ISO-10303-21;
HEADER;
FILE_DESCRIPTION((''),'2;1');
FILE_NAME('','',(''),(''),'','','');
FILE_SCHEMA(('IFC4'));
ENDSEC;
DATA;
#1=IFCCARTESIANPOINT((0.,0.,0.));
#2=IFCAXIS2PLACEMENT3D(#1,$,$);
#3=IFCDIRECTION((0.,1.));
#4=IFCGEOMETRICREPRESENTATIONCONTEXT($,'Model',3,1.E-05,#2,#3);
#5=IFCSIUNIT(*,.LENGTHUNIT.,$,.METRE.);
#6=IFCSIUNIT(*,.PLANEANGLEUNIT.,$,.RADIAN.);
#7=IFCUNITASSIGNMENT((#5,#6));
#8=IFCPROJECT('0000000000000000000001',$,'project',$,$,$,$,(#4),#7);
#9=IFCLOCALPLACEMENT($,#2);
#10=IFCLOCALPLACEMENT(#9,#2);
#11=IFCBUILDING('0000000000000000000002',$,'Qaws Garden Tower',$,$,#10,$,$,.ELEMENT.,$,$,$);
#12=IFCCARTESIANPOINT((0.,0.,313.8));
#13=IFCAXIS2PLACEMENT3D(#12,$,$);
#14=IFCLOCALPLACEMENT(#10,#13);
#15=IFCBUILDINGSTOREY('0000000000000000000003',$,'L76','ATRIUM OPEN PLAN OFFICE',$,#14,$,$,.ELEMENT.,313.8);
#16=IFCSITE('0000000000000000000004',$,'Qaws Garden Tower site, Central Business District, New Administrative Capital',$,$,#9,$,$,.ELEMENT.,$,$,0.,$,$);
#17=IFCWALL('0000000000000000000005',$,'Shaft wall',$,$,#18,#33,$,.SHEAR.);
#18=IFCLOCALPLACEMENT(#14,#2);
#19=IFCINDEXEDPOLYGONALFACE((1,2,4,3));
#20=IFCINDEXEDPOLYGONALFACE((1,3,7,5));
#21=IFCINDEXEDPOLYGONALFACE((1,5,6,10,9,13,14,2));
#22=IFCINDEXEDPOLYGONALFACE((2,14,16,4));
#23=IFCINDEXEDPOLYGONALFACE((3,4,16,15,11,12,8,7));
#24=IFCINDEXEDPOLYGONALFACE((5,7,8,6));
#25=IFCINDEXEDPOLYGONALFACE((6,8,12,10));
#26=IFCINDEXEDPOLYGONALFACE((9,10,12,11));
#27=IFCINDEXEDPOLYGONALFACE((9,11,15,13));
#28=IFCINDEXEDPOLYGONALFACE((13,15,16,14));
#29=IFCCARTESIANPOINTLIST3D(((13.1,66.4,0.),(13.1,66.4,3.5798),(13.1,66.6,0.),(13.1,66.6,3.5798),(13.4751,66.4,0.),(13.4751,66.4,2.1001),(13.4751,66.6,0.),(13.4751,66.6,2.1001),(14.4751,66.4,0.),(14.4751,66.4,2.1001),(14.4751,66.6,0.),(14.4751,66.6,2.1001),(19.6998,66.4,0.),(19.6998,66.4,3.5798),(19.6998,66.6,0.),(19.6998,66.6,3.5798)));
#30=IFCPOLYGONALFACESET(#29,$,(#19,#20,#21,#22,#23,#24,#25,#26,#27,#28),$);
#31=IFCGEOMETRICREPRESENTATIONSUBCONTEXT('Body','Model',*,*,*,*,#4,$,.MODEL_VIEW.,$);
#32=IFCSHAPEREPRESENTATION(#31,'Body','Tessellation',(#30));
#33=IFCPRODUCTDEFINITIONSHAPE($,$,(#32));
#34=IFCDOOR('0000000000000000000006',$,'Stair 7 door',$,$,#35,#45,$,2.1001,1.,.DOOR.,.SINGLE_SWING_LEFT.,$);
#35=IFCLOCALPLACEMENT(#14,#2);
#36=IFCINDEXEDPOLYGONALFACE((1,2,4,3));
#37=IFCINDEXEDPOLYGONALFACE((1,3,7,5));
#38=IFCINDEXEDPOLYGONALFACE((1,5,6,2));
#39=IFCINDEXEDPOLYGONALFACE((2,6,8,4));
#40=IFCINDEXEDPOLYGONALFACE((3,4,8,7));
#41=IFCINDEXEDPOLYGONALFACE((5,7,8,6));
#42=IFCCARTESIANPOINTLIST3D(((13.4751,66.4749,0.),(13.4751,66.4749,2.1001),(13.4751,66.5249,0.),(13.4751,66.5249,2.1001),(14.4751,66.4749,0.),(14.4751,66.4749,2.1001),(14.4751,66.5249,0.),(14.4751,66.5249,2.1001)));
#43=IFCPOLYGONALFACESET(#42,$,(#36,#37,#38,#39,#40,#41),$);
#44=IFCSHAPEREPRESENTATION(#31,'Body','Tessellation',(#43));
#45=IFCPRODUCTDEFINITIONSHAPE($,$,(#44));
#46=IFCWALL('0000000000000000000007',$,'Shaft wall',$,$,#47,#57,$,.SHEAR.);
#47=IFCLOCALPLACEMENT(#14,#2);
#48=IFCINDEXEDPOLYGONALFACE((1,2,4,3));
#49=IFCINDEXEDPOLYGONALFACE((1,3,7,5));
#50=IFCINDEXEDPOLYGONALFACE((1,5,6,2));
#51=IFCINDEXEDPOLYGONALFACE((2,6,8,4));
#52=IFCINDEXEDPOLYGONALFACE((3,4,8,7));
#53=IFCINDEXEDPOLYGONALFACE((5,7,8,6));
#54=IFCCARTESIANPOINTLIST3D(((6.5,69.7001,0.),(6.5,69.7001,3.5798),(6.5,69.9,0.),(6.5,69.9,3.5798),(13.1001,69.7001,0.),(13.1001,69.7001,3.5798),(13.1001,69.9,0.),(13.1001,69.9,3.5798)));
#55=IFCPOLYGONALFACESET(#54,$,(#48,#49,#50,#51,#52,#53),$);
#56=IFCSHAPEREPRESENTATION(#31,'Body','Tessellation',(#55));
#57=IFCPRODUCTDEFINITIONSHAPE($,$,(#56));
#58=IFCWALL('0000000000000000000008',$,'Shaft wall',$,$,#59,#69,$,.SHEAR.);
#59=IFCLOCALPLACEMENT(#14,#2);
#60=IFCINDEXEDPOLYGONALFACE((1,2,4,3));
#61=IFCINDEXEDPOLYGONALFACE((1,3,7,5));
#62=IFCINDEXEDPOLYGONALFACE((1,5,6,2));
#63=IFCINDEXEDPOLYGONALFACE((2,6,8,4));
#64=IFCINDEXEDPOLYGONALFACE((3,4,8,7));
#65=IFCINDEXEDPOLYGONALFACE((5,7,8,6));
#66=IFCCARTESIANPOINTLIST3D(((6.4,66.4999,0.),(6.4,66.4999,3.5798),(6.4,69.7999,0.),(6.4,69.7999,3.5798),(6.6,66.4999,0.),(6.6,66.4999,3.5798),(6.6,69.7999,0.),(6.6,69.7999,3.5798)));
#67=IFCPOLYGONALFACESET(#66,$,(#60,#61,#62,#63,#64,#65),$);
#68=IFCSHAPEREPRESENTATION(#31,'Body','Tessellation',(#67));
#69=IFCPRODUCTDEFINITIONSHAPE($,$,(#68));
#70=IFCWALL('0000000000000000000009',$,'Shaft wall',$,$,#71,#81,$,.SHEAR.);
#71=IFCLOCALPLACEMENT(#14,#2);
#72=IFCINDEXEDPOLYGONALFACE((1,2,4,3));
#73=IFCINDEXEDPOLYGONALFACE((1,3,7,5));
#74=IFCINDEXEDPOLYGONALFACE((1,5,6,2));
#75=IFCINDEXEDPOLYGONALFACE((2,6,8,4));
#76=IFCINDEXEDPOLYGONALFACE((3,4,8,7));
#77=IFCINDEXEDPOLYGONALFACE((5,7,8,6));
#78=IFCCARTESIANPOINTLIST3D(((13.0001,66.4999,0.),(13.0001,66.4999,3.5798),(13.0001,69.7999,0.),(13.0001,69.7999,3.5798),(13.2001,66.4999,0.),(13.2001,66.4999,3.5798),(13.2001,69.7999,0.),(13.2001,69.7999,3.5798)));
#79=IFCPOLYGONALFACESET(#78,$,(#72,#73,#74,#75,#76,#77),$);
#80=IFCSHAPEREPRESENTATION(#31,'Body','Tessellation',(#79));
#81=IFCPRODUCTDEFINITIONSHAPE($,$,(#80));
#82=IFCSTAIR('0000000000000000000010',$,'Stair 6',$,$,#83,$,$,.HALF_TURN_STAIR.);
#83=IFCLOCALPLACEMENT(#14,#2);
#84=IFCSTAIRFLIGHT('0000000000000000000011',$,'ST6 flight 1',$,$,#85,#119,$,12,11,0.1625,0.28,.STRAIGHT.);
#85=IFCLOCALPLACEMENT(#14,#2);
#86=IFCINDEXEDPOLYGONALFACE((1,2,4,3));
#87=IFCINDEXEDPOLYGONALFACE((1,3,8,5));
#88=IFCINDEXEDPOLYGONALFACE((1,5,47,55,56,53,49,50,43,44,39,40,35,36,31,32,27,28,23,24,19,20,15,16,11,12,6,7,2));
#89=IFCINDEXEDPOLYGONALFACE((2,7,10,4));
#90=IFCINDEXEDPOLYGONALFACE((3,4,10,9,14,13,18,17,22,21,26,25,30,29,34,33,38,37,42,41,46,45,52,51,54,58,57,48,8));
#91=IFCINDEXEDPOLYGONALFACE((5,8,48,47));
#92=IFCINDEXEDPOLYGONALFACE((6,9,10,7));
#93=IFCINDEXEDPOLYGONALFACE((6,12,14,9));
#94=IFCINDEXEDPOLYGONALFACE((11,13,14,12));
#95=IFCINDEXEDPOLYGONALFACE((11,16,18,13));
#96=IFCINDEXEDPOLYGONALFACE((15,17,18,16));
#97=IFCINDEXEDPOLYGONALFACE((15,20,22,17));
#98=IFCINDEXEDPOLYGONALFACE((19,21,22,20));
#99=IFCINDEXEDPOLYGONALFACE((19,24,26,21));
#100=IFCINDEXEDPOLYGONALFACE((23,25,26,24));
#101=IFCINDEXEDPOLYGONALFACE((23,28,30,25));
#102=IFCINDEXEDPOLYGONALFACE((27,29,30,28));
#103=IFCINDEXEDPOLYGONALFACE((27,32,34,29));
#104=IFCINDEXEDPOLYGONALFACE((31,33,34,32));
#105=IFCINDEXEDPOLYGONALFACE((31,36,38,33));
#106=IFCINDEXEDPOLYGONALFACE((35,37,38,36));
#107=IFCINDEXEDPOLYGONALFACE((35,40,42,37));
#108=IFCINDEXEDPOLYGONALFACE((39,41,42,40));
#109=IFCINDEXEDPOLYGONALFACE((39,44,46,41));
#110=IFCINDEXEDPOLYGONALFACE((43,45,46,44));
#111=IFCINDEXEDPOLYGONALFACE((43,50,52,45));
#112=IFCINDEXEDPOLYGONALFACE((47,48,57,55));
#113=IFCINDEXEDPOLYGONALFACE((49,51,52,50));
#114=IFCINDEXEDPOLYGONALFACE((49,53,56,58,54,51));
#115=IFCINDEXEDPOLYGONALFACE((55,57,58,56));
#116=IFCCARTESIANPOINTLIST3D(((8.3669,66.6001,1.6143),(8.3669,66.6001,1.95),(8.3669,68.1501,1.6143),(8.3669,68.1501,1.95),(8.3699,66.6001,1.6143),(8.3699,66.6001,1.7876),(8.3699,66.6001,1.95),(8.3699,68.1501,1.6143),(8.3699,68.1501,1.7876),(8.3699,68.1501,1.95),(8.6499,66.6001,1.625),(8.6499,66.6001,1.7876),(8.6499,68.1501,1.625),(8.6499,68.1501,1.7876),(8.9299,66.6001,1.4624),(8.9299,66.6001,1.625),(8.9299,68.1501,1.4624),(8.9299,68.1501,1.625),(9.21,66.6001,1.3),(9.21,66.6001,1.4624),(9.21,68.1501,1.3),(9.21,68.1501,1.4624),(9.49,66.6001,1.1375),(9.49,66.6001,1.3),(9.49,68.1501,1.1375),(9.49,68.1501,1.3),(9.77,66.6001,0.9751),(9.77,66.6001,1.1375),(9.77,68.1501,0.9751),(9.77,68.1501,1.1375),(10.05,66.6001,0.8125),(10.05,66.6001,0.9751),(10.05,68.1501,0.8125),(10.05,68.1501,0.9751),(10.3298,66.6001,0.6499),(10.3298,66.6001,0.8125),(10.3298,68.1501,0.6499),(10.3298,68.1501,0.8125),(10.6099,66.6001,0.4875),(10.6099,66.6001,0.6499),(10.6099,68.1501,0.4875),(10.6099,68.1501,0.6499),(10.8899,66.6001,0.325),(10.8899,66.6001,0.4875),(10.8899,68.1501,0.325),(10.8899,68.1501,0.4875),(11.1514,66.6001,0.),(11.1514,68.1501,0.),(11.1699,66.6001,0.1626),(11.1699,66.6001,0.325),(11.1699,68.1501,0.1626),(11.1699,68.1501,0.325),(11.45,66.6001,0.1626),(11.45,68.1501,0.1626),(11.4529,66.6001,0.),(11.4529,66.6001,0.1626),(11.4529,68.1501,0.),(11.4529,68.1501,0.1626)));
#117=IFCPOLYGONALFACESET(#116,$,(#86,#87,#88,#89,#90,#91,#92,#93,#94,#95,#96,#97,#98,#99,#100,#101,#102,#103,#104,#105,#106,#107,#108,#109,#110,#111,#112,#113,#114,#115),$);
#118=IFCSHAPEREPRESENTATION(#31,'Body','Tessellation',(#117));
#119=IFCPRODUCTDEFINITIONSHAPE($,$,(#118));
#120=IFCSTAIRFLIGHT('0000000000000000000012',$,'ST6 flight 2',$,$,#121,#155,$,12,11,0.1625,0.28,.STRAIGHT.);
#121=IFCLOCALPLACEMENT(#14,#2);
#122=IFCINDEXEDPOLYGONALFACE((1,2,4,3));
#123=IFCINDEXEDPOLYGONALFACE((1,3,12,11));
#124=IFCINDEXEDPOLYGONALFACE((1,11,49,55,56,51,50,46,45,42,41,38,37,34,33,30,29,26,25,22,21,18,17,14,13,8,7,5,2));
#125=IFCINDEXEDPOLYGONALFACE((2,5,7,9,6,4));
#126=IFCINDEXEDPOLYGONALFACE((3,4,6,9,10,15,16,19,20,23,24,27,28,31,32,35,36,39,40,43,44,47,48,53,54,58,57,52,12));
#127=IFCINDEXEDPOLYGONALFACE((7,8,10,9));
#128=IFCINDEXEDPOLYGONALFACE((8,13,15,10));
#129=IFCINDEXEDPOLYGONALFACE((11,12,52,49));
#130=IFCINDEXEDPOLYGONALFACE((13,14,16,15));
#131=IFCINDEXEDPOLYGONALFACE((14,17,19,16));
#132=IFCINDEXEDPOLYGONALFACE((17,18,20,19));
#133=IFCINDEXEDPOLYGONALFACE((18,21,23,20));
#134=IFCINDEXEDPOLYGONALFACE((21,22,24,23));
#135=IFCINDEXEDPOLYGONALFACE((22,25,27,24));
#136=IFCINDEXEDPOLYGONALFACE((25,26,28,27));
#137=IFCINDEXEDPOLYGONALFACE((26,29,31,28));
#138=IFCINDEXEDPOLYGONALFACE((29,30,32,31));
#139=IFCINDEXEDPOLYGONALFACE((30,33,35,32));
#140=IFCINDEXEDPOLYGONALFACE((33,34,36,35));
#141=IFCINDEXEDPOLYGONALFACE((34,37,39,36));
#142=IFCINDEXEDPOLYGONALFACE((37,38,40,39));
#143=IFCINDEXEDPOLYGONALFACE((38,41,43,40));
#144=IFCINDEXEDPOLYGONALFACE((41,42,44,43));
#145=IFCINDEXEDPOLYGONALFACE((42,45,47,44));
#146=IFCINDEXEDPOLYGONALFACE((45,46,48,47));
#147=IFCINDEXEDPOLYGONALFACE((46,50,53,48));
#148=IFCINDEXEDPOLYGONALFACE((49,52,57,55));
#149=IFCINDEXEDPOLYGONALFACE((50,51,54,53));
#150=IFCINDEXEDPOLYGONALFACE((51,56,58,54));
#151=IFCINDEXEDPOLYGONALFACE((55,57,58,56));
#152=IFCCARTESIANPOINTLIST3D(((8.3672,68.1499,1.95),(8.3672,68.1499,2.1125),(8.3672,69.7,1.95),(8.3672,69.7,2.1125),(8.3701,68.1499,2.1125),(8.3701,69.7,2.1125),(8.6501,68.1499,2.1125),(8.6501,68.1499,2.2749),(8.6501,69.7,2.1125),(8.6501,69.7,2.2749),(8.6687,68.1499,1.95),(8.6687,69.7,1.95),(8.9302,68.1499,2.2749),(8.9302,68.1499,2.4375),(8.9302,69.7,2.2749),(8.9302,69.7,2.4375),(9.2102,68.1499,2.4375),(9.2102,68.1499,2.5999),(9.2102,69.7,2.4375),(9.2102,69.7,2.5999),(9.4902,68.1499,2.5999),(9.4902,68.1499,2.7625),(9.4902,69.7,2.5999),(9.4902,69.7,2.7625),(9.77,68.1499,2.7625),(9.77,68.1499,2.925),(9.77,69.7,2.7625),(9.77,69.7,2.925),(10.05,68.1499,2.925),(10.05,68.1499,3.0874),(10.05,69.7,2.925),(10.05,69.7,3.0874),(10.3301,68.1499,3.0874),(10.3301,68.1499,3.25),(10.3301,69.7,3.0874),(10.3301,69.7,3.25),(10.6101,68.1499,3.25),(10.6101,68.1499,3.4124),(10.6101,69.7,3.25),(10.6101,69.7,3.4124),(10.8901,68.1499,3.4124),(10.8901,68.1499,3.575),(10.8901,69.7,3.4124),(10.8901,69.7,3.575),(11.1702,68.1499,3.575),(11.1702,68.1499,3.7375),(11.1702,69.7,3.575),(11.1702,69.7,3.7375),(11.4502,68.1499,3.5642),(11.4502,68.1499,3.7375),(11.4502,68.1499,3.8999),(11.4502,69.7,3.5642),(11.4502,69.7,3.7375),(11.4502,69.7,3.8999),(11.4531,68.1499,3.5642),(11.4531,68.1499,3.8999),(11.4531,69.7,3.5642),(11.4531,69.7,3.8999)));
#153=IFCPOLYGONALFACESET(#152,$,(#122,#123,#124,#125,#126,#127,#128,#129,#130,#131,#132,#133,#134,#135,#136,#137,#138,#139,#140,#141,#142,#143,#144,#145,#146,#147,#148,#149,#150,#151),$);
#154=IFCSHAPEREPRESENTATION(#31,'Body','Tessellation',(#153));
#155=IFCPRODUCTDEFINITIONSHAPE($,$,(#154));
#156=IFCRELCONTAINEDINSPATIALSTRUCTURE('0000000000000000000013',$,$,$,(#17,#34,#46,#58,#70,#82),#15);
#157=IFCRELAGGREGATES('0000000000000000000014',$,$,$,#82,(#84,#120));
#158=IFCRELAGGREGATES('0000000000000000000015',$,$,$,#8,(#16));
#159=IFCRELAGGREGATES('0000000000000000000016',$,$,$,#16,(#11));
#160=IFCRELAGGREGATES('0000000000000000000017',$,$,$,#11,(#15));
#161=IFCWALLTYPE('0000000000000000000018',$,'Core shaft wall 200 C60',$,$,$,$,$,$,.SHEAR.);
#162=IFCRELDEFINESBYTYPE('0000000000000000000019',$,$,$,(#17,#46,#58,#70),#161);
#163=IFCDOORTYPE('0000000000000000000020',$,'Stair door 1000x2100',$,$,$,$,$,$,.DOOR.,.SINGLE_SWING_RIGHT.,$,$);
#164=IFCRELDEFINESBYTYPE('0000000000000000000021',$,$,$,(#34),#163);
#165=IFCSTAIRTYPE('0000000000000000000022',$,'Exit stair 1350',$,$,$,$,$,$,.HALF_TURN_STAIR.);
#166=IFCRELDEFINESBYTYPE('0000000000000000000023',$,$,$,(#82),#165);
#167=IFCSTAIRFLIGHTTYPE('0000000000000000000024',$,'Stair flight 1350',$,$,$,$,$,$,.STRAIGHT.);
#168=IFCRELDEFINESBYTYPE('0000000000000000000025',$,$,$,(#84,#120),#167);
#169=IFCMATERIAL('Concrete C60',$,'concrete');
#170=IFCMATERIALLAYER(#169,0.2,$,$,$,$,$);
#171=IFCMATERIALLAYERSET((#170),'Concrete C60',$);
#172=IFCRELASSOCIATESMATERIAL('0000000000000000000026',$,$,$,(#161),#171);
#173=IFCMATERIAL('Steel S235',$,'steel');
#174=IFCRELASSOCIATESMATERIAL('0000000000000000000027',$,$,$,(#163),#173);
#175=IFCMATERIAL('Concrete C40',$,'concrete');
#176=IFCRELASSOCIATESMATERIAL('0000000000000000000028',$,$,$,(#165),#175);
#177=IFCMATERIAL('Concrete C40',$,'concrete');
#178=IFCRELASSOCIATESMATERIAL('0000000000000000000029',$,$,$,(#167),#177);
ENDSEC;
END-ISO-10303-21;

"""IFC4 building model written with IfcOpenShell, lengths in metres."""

from ifc_helpers import new_model, si_unit, direction, frame, frame_2d, origin, place, context, subcontext, project, spatial, polyline, rectangle, outline, extrude, material, layer, layer_set, type_object, element, fill, aggregate, save


model = new_model("IFC4")

# Units and contexts
model_context = context("Model", 3, precision=1e-05, world=origin(), true_north=direction((0.0, 1.0)))
body_context = subcontext(model_context, "Body", "Model", "MODEL_VIEW")
ifc_project = project(units=[si_unit("LENGTHUNIT", "METRE"), si_unit("PLANEANGLEUNIT", "RADIAN")], contexts=[model_context])

# Site, building, storey
site_placement = place(None, origin())
site = spatial("IfcSite", under=ifc_project, at=site_placement, Name="Qaws Garden Tower site, Central Business District, New Administrative Capital", CompositionType="ELEMENT", RefElevation=0.0)
building_placement = place(site_placement, origin())
building = spatial("IfcBuilding", under=site, at=building_placement, Name="Qaws Garden Tower", CompositionType="ELEMENT")
storey_placement = place(building_placement, frame((0.0, 0.0, 313.8)))
storey = spatial("IfcBuildingStorey", under=building, at=storey_placement, Name="L76", Description="ATRIUM OPEN PLAN OFFICE", CompositionType="ELEMENT", Elevation=313.8)

# Wall, opening, door
ifc_material_1 = material(Name="Concrete C60", Category="concrete")
ifc_layer_1 = layer(ifc_material_1, 0.2)
ifc_layer_set_1 = layer_set([ifc_layer_1], Name="Concrete C60")
wall_type_1 = type_object("IfcWallType", Name="Core shaft wall 200 C60", PredefinedType="SHEAR", material=ifc_layer_set_1)
ifc_material_2 = material(Name="Steel S235", Category="steel")
door_type = type_object("IfcDoorType", Name="Stair door 1000x2100", OperationType="SINGLE_SWING_RIGHT", PredefinedType="DOOR", material=ifc_material_2)
wall_1_placement = place(storey_placement, frame((13.1001, 66.5, 0.0), z_axis=(0.0, 0.0, 1.0), x_axis=(1.0, 0.0, 0.0)))
wall_1 = element("IfcWall", 1, at=wall_1_placement, inside=storey, type_object=wall_type_1, Name="Shaft wall", PredefinedType="SHEAR", context=body_context, shape_type="SweptSolid", body=[
    extrude(rectangle(XDim=6.5999, YDim=0.2, at=frame_2d((3.2998, 0.0))), origin(), (0.0, 0.0, 1.0), 3.5798),
])
opening_1_placement = place(wall_1_placement, frame((0.375, 0.0, 0.0)))
opening_1 = element("IfcOpeningElement", 2, at=opening_1_placement, cuts=wall_1, PredefinedType="OPENING", context=body_context, shape_type="SweptSolid", body=[
    extrude(rectangle(XDim=1.0, YDim=2.1001, at=frame_2d((0.5, 1.05))), frame((0.0, 0.1099, 0.0), z_axis=(0.0, -1.0, 0.0), x_axis=(1.0, 0.0, 0.0)), (0.0, 0.0, 1.0), 0.22),
])
door_1_placement = place(opening_1_placement, origin())
door_1 = element("IfcDoor", 3, at=door_1_placement, inside=storey, type_object=door_type, Name="Stair 7 door", OperationType="SINGLE_SWING_LEFT", OverallHeight=2.1001, OverallWidth=1.0, PredefinedType="DOOR", context=body_context, shape_type="SweptSolid", body=[
    extrude(rectangle(XDim=1.0, YDim=2.1001, at=frame_2d((0.5, 1.05))), frame((0.0, 0.0249, 0.0), z_axis=(0.0, -1.0, 0.0), x_axis=(1.0, 0.0, 0.0)), (0.0, 0.0, 1.0), 0.05),
])
fill(opening_1, door_1)

# Walls
wall_2_placement = place(storey_placement, frame((6.5, 69.8, 0.0), z_axis=(0.0, 0.0, 1.0), x_axis=(1.0, 0.0, 0.0)))
element("IfcWall", 4, at=wall_2_placement, inside=storey, type_object=wall_type_1, Name="Shaft wall", PredefinedType="SHEAR", context=body_context, shape_type="SweptSolid", body=[
    extrude(rectangle(XDim=6.6001, YDim=0.2, at=frame_2d((3.3, 0.0))), origin(), (0.0, 0.0, 1.0), 3.5798),
])
for number, where, z_axis, x_axis, name in (
    (5, (6.5, 66.5, 0.0), (0.0, 0.0, 1.0), (0.0, 1.0, 0.0), "Shaft wall"),
    (6, (13.1001, 66.5, 0.0), (0.0, 0.0, 1.0), (0.0, 1.0, 0.0), "Shaft wall"),
):
    element("IfcWall", number, at=place(storey_placement, frame(where, z_axis=z_axis, x_axis=x_axis)), inside=storey, type_object=wall_type_1, Name=name, PredefinedType="SHEAR", context=body_context, shape_type="SweptSolid", body=[
        extrude(rectangle(XDim=3.3, YDim=0.2, at=frame_2d((1.6499, 0.0))), origin(), (0.0, 0.0, 1.0), 3.5798),
    ])

# Stair, stair flights
ifc_material_3 = material(Name="Concrete C40", Category="concrete")
stair_type = type_object("IfcStairType", Name="Exit stair 1350", PredefinedType="HALF_TURN_STAIR", material=ifc_material_3)
stair_placement = place(storey_placement, origin())
stair = element("IfcStair", 7, at=stair_placement, inside=storey, type_object=stair_type, Name="Stair 6", PredefinedType="HALF_TURN_STAIR")
ifc_material_4 = material(Name="Concrete C40", Category="concrete")
stair_flight_type = type_object("IfcStairFlightType", Name="Stair flight 1350", PredefinedType="STRAIGHT", material=ifc_material_4)
stair_flight_1_placement = place(storey_placement, frame((11.45, 67.375, 0.0), z_axis=(0.0, 0.0, 1.0), x_axis=(-1.0, 0.0, 0.0)))
stair_flight_1 = element("IfcStairFlight", 8, at=stair_flight_1_placement, type_object=stair_flight_type, Name="ST6 flight 1", NumberOfRisers=12, NumberOfTreads=11, PredefinedType="STRAIGHT", RiserHeight=0.1625, TreadLength=0.28, context=body_context, shape_type="SweptSolid", body=[
    extrude(outline(polyline([(-0.0029, 0.0), (-0.0029, 0.1626), (0.0, 0.1626), (0.28, 0.1626), (0.28, 0.325), (0.5601, 0.325), (0.5601, 0.4875), (0.8401, 0.4875), (0.8401, 0.6499), (1.1201, 0.6499), (1.1201, 0.8125), (1.3999, 0.8125), (1.3999, 0.9751), (1.6799, 0.9751), (1.6799, 1.1375), (1.96, 1.1375), (1.96, 1.3), (2.24, 1.3), (2.24, 1.4624), (2.52, 1.4624), (2.52, 1.625), (2.8, 1.625), (2.8, 1.7876), (3.0801, 1.7876), (3.0801, 1.95), (3.083, 1.95), (3.083, 1.6143), (3.0801, 1.6143), (0.2986, 0.0), (-0.0029, 0.0)])), frame((0.0, 0.7749, 0.0), z_axis=(0.0, -1.0, 0.0), x_axis=(1.0, 0.0, 0.0)), (0.0, 0.0, 1.0), 1.55),
])
stair_flight_2_placement = place(storey_placement, frame((8.3701, 68.925, 1.95), z_axis=(0.0, 0.0, 1.0), x_axis=(1.0, 0.0, 0.0)))
stair_flight_2 = element("IfcStairFlight", 9, at=stair_flight_2_placement, type_object=stair_flight_type, Name="ST6 flight 2", NumberOfRisers=12, NumberOfTreads=11, PredefinedType="STRAIGHT", RiserHeight=0.1625, TreadLength=0.28, context=body_context, shape_type="SweptSolid", body=[
    extrude(outline(polyline([(-0.0029, 0.0), (-0.0029, 0.1626), (0.0, 0.1626), (0.28, 0.1626), (0.28, 0.325), (0.5601, 0.325), (0.5601, 0.4875), (0.8401, 0.4875), (0.8401, 0.6499), (1.1201, 0.6499), (1.1201, 0.8125), (1.3999, 0.8125), (1.3999, 0.9751), (1.6799, 0.9751), (1.6799, 1.1375), (1.96, 1.1375), (1.96, 1.3), (2.24, 1.3), (2.24, 1.4624), (2.52, 1.4624), (2.52, 1.625), (2.8, 1.625), (2.8, 1.7876), (3.0801, 1.7876), (3.0801, 1.95), (3.083, 1.95), (3.083, 1.6143), (3.0801, 1.6143), (0.2986, 0.0), (-0.0029, 0.0)])), frame((0.0, 0.7749, 0.0), z_axis=(0.0, -1.0, 0.0), x_axis=(1.0, 0.0, 0.0)), (0.0, 0.0, 1.0), 1.55),
])
aggregate(stair, [stair_flight_1, stair_flight_2])

save(model, "model.ifc")
